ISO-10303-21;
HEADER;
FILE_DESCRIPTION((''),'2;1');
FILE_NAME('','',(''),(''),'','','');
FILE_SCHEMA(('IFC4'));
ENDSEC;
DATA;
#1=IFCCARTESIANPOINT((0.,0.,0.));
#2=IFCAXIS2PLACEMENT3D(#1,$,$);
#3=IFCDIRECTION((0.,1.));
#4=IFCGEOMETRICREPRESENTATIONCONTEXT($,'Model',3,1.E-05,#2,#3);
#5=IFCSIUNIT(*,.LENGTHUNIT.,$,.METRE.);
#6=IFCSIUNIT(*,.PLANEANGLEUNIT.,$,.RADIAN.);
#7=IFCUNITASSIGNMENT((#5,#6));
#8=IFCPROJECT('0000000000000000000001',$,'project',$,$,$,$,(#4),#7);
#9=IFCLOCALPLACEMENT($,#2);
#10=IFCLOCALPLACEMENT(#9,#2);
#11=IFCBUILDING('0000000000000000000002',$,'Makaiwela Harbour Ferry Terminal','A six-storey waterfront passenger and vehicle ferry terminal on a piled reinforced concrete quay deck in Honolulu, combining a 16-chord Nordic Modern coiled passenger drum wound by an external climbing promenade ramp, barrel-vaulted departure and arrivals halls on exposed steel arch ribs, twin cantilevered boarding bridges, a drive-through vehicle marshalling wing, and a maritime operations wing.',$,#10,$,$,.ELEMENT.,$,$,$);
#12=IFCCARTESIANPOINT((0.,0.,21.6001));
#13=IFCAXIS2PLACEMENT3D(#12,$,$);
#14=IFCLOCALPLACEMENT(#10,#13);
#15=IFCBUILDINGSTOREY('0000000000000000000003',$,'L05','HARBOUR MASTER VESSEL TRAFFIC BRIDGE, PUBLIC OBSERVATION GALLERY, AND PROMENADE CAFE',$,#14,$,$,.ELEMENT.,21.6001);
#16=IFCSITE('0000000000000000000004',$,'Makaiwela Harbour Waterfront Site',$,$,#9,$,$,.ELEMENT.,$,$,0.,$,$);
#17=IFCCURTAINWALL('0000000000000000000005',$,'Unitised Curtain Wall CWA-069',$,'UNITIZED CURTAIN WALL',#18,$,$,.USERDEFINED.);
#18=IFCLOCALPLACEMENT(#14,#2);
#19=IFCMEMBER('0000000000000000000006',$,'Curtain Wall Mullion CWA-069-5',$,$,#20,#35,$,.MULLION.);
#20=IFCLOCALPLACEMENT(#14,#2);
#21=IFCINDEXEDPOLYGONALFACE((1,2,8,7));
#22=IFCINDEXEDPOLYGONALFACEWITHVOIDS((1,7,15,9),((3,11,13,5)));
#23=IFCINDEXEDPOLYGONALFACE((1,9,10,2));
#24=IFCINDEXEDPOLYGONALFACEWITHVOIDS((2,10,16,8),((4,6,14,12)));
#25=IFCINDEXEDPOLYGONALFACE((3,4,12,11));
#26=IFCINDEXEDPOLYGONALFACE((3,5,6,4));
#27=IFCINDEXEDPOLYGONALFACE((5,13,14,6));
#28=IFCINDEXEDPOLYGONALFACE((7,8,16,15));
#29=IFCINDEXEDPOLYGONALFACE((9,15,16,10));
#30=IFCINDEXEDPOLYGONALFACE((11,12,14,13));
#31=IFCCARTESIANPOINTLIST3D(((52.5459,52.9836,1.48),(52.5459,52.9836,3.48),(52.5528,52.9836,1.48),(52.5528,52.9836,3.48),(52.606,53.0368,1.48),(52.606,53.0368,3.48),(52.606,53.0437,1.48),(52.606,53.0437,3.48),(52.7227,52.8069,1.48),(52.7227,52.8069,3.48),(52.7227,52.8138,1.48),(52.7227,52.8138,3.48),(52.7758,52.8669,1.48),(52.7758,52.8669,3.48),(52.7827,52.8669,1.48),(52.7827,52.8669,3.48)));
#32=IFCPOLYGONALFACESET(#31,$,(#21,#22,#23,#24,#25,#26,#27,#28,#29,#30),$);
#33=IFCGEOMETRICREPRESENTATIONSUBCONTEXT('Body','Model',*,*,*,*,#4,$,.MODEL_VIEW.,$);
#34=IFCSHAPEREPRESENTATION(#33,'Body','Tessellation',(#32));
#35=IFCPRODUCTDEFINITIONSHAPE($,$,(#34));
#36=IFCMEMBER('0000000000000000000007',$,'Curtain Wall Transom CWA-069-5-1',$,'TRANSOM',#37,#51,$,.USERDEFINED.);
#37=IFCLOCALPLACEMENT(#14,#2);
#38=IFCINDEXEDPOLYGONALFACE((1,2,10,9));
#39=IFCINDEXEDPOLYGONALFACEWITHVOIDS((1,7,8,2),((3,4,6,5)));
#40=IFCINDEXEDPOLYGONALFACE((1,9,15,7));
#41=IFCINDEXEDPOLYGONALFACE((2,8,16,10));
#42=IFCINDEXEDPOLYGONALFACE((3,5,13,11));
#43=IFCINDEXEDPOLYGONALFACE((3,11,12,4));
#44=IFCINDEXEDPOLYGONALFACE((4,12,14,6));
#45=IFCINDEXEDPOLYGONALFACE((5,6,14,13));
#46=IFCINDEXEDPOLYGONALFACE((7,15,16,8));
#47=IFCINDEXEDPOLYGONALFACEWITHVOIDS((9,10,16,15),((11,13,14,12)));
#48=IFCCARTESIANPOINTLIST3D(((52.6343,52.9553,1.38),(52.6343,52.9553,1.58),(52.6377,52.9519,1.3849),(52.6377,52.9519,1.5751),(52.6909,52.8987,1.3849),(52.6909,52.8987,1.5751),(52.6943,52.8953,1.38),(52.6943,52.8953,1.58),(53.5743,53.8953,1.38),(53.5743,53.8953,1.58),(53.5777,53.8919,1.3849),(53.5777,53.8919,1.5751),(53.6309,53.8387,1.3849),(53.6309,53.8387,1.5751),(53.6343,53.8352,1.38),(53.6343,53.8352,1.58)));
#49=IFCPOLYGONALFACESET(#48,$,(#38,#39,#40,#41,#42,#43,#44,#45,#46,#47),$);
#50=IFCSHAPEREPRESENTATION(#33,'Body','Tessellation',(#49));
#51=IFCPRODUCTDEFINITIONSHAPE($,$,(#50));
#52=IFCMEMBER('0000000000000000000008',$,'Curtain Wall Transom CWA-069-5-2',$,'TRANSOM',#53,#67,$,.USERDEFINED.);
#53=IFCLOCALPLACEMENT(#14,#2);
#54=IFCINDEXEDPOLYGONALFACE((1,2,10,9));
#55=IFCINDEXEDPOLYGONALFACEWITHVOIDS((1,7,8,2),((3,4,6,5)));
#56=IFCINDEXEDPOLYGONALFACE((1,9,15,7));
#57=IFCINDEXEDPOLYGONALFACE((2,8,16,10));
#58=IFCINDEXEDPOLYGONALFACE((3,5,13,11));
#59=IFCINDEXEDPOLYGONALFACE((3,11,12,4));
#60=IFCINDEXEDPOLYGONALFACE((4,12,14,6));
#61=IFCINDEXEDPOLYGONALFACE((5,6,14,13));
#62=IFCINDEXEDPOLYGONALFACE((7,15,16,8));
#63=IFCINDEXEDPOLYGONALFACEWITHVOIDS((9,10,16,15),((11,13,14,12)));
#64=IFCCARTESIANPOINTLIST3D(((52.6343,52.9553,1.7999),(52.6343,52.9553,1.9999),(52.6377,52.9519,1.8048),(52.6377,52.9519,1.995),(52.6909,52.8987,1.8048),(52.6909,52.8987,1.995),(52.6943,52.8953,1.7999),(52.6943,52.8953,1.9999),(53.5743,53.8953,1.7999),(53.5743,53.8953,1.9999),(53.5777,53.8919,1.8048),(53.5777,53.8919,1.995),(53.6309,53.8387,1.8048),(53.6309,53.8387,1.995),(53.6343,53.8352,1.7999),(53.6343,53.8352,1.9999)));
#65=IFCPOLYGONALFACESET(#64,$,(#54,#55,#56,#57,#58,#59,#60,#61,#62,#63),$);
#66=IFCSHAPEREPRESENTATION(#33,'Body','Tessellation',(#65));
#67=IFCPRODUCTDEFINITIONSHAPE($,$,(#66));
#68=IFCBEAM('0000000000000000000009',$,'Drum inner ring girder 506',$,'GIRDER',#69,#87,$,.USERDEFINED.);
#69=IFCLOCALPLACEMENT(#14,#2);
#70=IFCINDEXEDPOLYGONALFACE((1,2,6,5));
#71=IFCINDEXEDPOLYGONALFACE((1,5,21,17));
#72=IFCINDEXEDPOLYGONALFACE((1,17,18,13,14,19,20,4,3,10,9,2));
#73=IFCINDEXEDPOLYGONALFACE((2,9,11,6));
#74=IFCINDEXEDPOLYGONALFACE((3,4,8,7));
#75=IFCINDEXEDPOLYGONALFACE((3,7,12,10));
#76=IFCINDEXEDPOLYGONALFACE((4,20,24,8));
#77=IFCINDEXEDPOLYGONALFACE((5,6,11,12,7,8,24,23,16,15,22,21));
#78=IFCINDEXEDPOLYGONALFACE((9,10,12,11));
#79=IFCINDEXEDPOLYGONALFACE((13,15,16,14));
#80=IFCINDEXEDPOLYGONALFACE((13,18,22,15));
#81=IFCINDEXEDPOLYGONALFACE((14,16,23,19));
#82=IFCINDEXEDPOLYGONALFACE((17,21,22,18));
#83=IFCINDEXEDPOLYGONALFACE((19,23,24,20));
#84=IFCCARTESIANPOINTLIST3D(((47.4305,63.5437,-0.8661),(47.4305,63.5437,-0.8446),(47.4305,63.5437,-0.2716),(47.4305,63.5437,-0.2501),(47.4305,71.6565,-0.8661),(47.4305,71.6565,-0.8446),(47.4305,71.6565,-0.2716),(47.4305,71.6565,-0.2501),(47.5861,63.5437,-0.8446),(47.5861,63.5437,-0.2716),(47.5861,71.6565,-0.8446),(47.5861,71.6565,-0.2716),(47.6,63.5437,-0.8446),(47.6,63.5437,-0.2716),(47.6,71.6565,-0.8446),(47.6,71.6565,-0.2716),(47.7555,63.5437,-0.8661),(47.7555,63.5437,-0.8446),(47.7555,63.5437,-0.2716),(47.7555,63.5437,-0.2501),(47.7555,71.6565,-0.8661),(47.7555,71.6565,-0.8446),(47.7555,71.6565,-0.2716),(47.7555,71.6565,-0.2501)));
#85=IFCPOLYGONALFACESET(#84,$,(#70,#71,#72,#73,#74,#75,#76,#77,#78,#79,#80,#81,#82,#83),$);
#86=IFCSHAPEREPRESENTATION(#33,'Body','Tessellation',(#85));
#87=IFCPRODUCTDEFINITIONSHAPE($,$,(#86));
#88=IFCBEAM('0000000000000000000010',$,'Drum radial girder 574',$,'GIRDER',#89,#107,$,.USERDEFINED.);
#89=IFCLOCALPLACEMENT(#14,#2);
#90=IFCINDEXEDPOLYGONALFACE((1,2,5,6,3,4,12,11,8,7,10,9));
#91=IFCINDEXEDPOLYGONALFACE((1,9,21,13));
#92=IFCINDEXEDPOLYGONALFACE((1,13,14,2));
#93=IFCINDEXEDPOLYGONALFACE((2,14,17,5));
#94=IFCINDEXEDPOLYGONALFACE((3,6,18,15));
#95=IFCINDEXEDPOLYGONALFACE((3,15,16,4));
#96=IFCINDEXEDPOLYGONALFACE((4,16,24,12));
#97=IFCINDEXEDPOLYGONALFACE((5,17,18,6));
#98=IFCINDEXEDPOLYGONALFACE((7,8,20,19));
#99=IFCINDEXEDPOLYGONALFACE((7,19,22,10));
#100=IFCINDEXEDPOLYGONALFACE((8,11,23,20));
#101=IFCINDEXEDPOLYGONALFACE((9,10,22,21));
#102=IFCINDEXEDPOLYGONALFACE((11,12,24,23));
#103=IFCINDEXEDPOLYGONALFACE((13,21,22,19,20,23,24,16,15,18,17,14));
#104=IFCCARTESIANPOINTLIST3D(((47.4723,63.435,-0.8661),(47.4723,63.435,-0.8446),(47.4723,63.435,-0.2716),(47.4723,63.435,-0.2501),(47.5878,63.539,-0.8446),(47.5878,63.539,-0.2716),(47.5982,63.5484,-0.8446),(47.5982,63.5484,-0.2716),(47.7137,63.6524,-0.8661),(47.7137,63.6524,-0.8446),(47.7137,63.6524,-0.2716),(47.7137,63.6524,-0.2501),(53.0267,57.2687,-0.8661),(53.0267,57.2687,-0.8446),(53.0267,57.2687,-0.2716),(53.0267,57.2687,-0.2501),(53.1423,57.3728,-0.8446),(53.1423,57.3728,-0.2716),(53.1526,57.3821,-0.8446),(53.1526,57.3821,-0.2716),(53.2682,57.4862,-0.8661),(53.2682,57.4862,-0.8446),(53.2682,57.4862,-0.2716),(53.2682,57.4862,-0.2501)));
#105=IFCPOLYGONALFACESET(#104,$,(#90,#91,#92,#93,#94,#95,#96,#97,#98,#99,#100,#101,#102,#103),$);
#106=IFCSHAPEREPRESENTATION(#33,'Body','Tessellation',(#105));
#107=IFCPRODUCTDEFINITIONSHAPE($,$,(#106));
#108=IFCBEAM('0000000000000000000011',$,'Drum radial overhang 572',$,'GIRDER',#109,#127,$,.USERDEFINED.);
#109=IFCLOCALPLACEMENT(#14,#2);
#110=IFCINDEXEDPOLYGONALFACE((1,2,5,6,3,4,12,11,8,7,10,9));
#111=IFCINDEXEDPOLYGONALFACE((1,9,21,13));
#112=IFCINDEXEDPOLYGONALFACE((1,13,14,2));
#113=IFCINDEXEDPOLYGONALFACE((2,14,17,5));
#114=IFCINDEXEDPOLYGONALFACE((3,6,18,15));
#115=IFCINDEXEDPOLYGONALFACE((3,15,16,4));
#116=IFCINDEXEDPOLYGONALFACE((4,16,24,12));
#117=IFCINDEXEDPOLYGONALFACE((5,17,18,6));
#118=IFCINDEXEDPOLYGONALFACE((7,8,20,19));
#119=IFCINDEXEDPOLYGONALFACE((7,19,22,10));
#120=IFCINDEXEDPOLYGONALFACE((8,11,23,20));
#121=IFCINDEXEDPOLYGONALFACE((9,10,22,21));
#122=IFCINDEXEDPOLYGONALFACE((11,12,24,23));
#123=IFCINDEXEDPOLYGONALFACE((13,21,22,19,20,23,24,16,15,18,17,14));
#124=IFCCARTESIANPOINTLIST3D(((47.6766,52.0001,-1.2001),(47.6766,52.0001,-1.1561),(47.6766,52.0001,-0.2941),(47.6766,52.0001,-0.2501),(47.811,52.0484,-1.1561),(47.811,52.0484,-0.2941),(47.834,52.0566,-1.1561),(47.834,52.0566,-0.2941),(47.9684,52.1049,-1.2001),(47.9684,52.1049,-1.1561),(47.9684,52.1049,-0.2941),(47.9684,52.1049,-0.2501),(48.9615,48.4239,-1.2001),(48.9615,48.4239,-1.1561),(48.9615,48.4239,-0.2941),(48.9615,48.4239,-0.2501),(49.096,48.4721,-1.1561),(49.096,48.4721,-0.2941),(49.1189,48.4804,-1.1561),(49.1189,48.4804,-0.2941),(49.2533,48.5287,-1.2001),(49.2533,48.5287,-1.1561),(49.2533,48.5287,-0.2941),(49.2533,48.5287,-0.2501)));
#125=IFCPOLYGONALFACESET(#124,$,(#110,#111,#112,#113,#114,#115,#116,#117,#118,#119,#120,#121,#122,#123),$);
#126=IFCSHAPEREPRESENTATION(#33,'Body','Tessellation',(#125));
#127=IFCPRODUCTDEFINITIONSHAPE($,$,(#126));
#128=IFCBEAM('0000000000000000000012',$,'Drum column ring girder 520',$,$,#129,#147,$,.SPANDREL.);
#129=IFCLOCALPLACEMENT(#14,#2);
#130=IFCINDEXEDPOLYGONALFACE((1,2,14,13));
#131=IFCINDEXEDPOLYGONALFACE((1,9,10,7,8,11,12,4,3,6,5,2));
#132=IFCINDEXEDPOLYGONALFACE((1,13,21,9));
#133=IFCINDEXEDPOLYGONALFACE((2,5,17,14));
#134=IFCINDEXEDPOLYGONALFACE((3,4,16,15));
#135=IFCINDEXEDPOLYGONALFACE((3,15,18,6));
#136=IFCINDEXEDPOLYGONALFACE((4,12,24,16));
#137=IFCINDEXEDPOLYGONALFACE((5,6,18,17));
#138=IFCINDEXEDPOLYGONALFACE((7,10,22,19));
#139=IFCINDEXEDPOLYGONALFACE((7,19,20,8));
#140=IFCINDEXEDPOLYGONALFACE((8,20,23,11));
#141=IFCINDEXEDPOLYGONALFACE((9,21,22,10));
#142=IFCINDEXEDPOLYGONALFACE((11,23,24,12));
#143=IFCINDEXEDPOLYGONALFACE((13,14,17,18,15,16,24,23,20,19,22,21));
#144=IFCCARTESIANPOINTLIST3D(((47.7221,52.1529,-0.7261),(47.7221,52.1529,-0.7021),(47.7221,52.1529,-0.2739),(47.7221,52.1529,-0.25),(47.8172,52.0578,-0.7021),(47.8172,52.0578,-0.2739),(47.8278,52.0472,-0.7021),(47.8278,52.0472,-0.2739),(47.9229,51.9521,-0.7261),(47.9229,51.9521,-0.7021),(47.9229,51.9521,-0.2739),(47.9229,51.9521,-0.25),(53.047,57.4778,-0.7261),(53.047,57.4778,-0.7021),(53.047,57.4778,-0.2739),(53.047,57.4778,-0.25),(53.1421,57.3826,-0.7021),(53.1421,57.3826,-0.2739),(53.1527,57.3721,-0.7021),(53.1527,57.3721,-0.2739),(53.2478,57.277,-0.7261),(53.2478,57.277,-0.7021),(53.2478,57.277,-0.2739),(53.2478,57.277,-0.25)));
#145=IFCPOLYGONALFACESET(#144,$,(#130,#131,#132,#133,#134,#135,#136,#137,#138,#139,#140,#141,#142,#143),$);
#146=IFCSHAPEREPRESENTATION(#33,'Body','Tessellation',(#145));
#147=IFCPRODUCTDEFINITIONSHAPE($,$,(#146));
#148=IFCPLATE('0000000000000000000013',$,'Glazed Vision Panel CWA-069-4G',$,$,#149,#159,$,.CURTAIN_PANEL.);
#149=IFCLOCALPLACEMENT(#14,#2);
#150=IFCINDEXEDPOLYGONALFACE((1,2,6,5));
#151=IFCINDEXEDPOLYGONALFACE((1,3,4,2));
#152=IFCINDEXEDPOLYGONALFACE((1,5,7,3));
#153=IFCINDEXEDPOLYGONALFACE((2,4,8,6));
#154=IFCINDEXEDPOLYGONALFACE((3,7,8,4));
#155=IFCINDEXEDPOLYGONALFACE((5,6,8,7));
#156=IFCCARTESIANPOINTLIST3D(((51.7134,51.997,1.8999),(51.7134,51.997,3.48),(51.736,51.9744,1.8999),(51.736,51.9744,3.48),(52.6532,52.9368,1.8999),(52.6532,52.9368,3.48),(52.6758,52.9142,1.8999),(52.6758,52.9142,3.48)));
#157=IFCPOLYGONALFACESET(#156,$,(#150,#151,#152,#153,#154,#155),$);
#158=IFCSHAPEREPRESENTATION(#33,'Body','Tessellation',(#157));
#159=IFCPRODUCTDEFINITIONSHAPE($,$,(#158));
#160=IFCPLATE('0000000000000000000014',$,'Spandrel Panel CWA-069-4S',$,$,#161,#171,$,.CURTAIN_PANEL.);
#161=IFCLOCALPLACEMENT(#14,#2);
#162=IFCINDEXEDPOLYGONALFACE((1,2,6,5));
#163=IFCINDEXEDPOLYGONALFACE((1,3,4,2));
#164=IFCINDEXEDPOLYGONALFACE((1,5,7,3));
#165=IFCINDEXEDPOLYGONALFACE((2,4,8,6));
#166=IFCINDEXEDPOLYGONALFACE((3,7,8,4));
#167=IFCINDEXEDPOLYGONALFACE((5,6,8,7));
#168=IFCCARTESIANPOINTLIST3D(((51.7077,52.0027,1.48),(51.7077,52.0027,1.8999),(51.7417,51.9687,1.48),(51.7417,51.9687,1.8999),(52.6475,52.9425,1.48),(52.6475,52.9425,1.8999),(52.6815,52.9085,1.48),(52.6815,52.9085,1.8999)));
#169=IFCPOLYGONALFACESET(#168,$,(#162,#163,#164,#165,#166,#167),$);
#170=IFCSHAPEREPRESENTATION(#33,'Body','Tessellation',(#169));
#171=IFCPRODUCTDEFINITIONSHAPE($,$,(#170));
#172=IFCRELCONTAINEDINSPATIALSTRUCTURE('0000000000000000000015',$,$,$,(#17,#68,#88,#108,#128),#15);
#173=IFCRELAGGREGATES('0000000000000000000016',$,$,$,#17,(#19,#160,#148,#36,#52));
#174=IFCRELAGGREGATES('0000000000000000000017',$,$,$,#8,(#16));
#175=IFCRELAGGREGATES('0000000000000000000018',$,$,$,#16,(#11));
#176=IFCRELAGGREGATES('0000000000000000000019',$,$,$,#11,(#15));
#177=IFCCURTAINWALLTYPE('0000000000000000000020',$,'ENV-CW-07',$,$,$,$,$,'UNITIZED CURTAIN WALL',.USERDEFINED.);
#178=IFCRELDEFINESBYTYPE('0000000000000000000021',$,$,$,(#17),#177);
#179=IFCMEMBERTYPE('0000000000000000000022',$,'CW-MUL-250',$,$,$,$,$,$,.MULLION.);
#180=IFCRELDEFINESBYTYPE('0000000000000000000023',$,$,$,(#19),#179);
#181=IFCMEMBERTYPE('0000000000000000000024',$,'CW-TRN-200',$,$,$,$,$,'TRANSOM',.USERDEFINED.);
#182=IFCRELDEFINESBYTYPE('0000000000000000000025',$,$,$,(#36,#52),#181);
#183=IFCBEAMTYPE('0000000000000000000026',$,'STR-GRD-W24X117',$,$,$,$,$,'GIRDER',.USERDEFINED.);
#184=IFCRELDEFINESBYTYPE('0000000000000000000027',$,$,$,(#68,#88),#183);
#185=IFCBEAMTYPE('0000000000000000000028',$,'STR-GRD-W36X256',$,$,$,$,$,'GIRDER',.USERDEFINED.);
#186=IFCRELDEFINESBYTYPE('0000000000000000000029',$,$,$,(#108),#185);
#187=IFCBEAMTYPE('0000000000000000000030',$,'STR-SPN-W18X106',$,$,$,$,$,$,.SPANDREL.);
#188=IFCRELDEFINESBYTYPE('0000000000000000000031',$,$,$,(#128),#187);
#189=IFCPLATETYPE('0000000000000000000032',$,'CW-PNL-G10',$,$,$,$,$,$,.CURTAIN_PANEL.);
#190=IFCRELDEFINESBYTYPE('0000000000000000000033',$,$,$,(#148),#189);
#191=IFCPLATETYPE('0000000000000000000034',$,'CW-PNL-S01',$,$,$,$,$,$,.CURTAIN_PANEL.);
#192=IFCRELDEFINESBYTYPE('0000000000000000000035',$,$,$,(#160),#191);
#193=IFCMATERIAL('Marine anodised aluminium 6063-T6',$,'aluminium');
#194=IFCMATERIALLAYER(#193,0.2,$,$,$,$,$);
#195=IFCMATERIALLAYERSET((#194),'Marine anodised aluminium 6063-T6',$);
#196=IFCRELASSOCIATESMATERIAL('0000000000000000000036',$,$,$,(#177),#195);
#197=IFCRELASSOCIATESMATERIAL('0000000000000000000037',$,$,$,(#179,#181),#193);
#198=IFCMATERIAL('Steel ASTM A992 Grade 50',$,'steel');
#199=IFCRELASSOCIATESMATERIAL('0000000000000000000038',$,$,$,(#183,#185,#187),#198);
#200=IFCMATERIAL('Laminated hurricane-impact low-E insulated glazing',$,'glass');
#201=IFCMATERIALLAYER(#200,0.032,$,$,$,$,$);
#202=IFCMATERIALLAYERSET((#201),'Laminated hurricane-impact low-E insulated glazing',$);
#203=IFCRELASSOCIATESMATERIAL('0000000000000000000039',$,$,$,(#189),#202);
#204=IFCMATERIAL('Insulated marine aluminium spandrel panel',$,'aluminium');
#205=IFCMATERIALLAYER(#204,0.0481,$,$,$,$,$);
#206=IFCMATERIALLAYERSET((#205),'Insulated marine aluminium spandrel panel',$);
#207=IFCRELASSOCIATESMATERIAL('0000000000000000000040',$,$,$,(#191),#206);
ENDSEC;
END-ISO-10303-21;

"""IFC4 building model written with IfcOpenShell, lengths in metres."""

from ifc_helpers import new_model, si_unit, direction, frame, origin, origin_2d, place, context, subcontext, project, spatial, rectangle, hollow_rectangle, i_section, extrude, material, layer, layer_set, material_profile, profile_set, type_object, element, aggregate, save


model = new_model("IFC4")

# Units and contexts
model_context = context("Model", 3, precision=1e-05, world=origin(), true_north=direction((0.0, 1.0)))
body_context = subcontext(model_context, "Body", "Model", "MODEL_VIEW")
ifc_project = project(units=[si_unit("LENGTHUNIT", "METRE"), si_unit("PLANEANGLEUNIT", "RADIAN")], contexts=[model_context])

# Site, building, storey
site_placement = place(None, origin())
site = spatial("IfcSite", under=ifc_project, at=site_placement, Name="Makaiwela Harbour Waterfront Site", CompositionType="ELEMENT", RefElevation=0.0)
building_placement = place(site_placement, origin())
building = spatial("IfcBuilding", under=site, at=building_placement, Name="Makaiwela Harbour Ferry Terminal", Description="A six-storey waterfront passenger and vehicle ferry terminal on a piled reinforced concrete quay deck in Honolulu, combining a 16-chord Nordic Modern coiled passenger drum wound by an external climbing promenade ramp, barrel-vaulted departure and arrivals halls on exposed steel arch ribs, twin cantilevered boarding bridges, a drive-through vehicle marshalling wing, and a maritime operations wing.", CompositionType="ELEMENT")
storey_placement = place(building_placement, frame((0.0, 0.0, 21.6001)))
storey = spatial("IfcBuildingStorey", under=building, at=storey_placement, Name="L05", Description="HARBOUR MASTER VESSEL TRAFFIC BRIDGE, PUBLIC OBSERVATION GALLERY, AND PROMENADE CAFE", CompositionType="ELEMENT", Elevation=21.6001)

# Curtain wall, members
ifc_material_1 = material(Name="Marine anodised aluminium 6063-T6", Category="aluminium")
ifc_layer_1 = layer(ifc_material_1, 0.2)
ifc_layer_set_1 = layer_set([ifc_layer_1], Name="Marine anodised aluminium 6063-T6")
curtain_wall_type = type_object("IfcCurtainWallType", Name="ENV-CW-07", ElementType="UNITIZED CURTAIN WALL", PredefinedType="USERDEFINED", material=ifc_layer_set_1)
curtain_wall_placement = place(storey_placement, origin())
curtain_wall = element("IfcCurtainWall", 1, at=curtain_wall_placement, inside=storey, type_object=curtain_wall_type, Name="Unitised Curtain Wall CWA-069", ObjectType="UNITIZED CURTAIN WALL", PredefinedType="USERDEFINED")
ifc_material_profile_1 = material_profile(ifc_material_1, hollow_rectangle(XDim=0.085, YDim=0.25, WallThickness=0.0049, at=origin_2d()), Name="CWM-250X85")
ifc_profile_set_1 = profile_set([ifc_material_profile_1], Name="Marine anodised aluminium 6063-T6")
member_type_1 = type_object("IfcMemberType", Name="CW-MUL-250", PredefinedType="MULLION", material=ifc_profile_set_1)
member_1_placement = place(storey_placement, frame((52.6643, 52.9253, 1.48), z_axis=(0.0, 0.0, 1.0), x_axis=(0.707107, 0.707107, 0.0)))
member_1 = element("IfcMember", 2, at=member_1_placement, type_object=member_type_1, Name="Curtain Wall Mullion CWA-069-5", PredefinedType="MULLION", context=body_context, shape_type="SweptSolid", body=[
    extrude(hollow_rectangle(XDim=0.085, YDim=0.25, WallThickness=0.0049, at=origin_2d()), origin(), (0.0, 0.0, 1.0), 2.0),
])
ifc_material_profile_2 = material_profile(ifc_material_1, hollow_rectangle(XDim=0.085, YDim=0.2, WallThickness=0.0049, at=origin_2d()), Name="CWT-200X85")
ifc_profile_set_2 = profile_set([ifc_material_profile_2], Name="Marine anodised aluminium 6063-T6")
member_type_2 = type_object("IfcMemberType", Name="CW-TRN-200", ElementType="TRANSOM", PredefinedType="USERDEFINED", material=ifc_profile_set_2)
member_2_placement = place(storey_placement, frame((52.6643, 52.9253, 1.48), z_axis=(0.707107, 0.707107, 0.0), x_axis=(-0.707107, 0.707107, 0.0)))
member_2 = element("IfcMember", 3, at=member_2_placement, type_object=member_type_2, Name="Curtain Wall Transom CWA-069-5-1", ObjectType="TRANSOM", PredefinedType="USERDEFINED", context=body_context, shape_type="SweptSolid", body=[
    extrude(hollow_rectangle(XDim=0.085, YDim=0.2, WallThickness=0.0049, at=origin_2d()), origin(), (0.0, 0.0, 1.0), 1.3293),
])
member_3_placement = place(storey_placement, frame((52.6643, 52.9253, 1.8999), z_axis=(0.707107, 0.707107, 0.0), x_axis=(-0.707107, 0.707107, 0.0)))
member_3 = element("IfcMember", 4, at=member_3_placement, type_object=member_type_2, Name="Curtain Wall Transom CWA-069-5-2", ObjectType="TRANSOM", PredefinedType="USERDEFINED", context=body_context, shape_type="SweptSolid", body=[
    extrude(hollow_rectangle(XDim=0.085, YDim=0.2, WallThickness=0.0049, at=origin_2d()), origin(), (0.0, 0.0, 1.0), 1.3293),
])

# Beams
ifc_material_2 = material(Name="Steel ASTM A992 Grade 50", Category="steel")
ifc_material_profile_3 = material_profile(ifc_material_2, i_section(OverallWidth=0.325, OverallDepth=0.616, WebThickness=0.0139, FlangeThickness=0.0215, at=origin_2d()), Name="W24X117")
ifc_profile_set_3 = profile_set([ifc_material_profile_3], Name="Steel ASTM A992 Grade 50")
beam_type_1 = type_object("IfcBeamType", Name="STR-GRD-W24X117", ElementType="GIRDER", PredefinedType="USERDEFINED", material=ifc_profile_set_3)
beam_1_placement = place(storey_placement, frame((47.593, 63.5437, -0.5581), z_axis=(0.0, 1.0, 0.0), x_axis=(-1.0, 0.0, 0.0)))
element("IfcBeam", 5, at=beam_1_placement, inside=storey, type_object=beam_type_1, Name="Drum inner ring girder 506", ObjectType="GIRDER", PredefinedType="USERDEFINED", context=body_context, shape_type="SweptSolid", body=[
    extrude(i_section(OverallWidth=0.325, OverallDepth=0.616, WebThickness=0.0139, FlangeThickness=0.0215, at=origin_2d()), origin(), (0.0, 0.0, 1.0), 8.1128),
])
beam_2_placement = place(storey_placement, frame((47.593, 63.5437, -0.5581), z_axis=(0.669285, -0.743006, 0.0), x_axis=(0.743006, 0.669285, 0.0)))
element("IfcBeam", 6, at=beam_2_placement, inside=storey, type_object=beam_type_1, Name="Drum radial girder 574", ObjectType="GIRDER", PredefinedType="USERDEFINED", context=body_context, shape_type="SweptSolid", body=[
    extrude(i_section(OverallWidth=0.325, OverallDepth=0.616, WebThickness=0.0139, FlangeThickness=0.0215, at=origin_2d()), origin(), (0.0, 0.0, 1.0), 8.2991),
])
ifc_material_profile_4 = material_profile(ifc_material_2, i_section(OverallWidth=0.3101, OverallDepth=0.95, WebThickness=0.0244, FlangeThickness=0.0439, at=origin_2d()), Name="W36X256")
ifc_profile_set_4 = profile_set([ifc_material_profile_4], Name="Steel ASTM A992 Grade 50")
beam_type_2 = type_object("IfcBeamType", Name="STR-GRD-W36X256", ElementType="GIRDER", PredefinedType="USERDEFINED", material=ifc_profile_set_4)
beam_3_placement = place(storey_placement, frame((47.8225, 52.0525, -0.7251), z_axis=(0.338135, -0.941098, 0.0), x_axis=(0.941098, 0.338135, 0.0)))
element("IfcBeam", 7, at=beam_3_placement, inside=storey, type_object=beam_type_2, Name="Drum radial overhang 572", ObjectType="GIRDER", PredefinedType="USERDEFINED", context=body_context, shape_type="SweptSolid", body=[
    extrude(i_section(OverallWidth=0.3101, OverallDepth=0.95, WebThickness=0.0244, FlangeThickness=0.0439, at=origin_2d()), origin(), (0.0, 0.0, 1.0), 3.8),
])
ifc_material_profile_5 = material_profile(ifc_material_2, i_section(OverallWidth=0.2839, OverallDepth=0.4761, WebThickness=0.0149, FlangeThickness=0.0239, at=origin_2d()), Name="W18X106")
ifc_profile_set_5 = profile_set([ifc_material_profile_5], Name="Steel ASTM A992 Grade 50")
beam_type_3 = type_object("IfcBeamType", Name="STR-SPN-W18X106", PredefinedType="SPANDREL", material=ifc_profile_set_5)
beam_4_placement = place(storey_placement, frame((47.8225, 52.0525, -0.488), z_axis=(0.707107, 0.707107, 0.0), x_axis=(-0.707107, 0.707107, 0.0)))
element("IfcBeam", 8, at=beam_4_placement, inside=storey, type_object=beam_type_3, Name="Drum column ring girder 520", PredefinedType="SPANDREL", context=body_context, shape_type="SweptSolid", body=[
    extrude(i_section(OverallWidth=0.2839, OverallDepth=0.4761, WebThickness=0.0149, FlangeThickness=0.0239, at=origin_2d()), origin(), (0.0, 0.0, 1.0), 7.5305),
])

# Plates
ifc_material_3 = material(Name="Laminated hurricane-impact low-E insulated glazing", Category="glass")
ifc_layer_2 = layer(ifc_material_3, 0.032)
ifc_layer_set_2 = layer_set([ifc_layer_2], Name="Laminated hurricane-impact low-E insulated glazing")
plate_type_1 = type_object("IfcPlateType", Name="CW-PNL-G10", PredefinedType="CURTAIN_PANEL", material=ifc_layer_set_2)
plate_1_placement = place(storey_placement, frame((52.1946, 52.4556, 1.8999), z_axis=(0.0, 0.0, 1.0), x_axis=(0.707107, 0.707107, 0.0)))
plate_1 = element("IfcPlate", 9, at=plate_1_placement, type_object=plate_type_1, Name="Glazed Vision Panel CWA-069-4G", PredefinedType="CURTAIN_PANEL", context=body_context, shape_type="SweptSolid", body=[
    extrude(rectangle(XDim=1.3291, YDim=0.032, at=origin_2d()), origin(), (0.0, 0.0, 1.0), 1.5801),
])
ifc_material_4 = material(Name="Insulated marine aluminium spandrel panel", Category="aluminium")
ifc_layer_3 = layer(ifc_material_4, 0.0481)
ifc_layer_set_3 = layer_set([ifc_layer_3], Name="Insulated marine aluminium spandrel panel")
plate_type_2 = type_object("IfcPlateType", Name="CW-PNL-S01", PredefinedType="CURTAIN_PANEL", material=ifc_layer_set_3)
plate_2_placement = place(storey_placement, frame((52.1946, 52.4556, 1.48), z_axis=(0.0, 0.0, 1.0), x_axis=(0.707107, 0.707107, 0.0)))
plate_2 = element("IfcPlate", 10, at=plate_2_placement, type_object=plate_type_2, Name="Spandrel Panel CWA-069-4S", PredefinedType="CURTAIN_PANEL", context=body_context, shape_type="SweptSolid", body=[
    extrude(rectangle(XDim=1.3291, YDim=0.0481, at=origin_2d()), origin(), (0.0, 0.0, 1.0), 0.4199),
])
aggregate(curtain_wall, [member_1, plate_2, plate_1, member_2, member_3])

save(model, "model.ifc")
